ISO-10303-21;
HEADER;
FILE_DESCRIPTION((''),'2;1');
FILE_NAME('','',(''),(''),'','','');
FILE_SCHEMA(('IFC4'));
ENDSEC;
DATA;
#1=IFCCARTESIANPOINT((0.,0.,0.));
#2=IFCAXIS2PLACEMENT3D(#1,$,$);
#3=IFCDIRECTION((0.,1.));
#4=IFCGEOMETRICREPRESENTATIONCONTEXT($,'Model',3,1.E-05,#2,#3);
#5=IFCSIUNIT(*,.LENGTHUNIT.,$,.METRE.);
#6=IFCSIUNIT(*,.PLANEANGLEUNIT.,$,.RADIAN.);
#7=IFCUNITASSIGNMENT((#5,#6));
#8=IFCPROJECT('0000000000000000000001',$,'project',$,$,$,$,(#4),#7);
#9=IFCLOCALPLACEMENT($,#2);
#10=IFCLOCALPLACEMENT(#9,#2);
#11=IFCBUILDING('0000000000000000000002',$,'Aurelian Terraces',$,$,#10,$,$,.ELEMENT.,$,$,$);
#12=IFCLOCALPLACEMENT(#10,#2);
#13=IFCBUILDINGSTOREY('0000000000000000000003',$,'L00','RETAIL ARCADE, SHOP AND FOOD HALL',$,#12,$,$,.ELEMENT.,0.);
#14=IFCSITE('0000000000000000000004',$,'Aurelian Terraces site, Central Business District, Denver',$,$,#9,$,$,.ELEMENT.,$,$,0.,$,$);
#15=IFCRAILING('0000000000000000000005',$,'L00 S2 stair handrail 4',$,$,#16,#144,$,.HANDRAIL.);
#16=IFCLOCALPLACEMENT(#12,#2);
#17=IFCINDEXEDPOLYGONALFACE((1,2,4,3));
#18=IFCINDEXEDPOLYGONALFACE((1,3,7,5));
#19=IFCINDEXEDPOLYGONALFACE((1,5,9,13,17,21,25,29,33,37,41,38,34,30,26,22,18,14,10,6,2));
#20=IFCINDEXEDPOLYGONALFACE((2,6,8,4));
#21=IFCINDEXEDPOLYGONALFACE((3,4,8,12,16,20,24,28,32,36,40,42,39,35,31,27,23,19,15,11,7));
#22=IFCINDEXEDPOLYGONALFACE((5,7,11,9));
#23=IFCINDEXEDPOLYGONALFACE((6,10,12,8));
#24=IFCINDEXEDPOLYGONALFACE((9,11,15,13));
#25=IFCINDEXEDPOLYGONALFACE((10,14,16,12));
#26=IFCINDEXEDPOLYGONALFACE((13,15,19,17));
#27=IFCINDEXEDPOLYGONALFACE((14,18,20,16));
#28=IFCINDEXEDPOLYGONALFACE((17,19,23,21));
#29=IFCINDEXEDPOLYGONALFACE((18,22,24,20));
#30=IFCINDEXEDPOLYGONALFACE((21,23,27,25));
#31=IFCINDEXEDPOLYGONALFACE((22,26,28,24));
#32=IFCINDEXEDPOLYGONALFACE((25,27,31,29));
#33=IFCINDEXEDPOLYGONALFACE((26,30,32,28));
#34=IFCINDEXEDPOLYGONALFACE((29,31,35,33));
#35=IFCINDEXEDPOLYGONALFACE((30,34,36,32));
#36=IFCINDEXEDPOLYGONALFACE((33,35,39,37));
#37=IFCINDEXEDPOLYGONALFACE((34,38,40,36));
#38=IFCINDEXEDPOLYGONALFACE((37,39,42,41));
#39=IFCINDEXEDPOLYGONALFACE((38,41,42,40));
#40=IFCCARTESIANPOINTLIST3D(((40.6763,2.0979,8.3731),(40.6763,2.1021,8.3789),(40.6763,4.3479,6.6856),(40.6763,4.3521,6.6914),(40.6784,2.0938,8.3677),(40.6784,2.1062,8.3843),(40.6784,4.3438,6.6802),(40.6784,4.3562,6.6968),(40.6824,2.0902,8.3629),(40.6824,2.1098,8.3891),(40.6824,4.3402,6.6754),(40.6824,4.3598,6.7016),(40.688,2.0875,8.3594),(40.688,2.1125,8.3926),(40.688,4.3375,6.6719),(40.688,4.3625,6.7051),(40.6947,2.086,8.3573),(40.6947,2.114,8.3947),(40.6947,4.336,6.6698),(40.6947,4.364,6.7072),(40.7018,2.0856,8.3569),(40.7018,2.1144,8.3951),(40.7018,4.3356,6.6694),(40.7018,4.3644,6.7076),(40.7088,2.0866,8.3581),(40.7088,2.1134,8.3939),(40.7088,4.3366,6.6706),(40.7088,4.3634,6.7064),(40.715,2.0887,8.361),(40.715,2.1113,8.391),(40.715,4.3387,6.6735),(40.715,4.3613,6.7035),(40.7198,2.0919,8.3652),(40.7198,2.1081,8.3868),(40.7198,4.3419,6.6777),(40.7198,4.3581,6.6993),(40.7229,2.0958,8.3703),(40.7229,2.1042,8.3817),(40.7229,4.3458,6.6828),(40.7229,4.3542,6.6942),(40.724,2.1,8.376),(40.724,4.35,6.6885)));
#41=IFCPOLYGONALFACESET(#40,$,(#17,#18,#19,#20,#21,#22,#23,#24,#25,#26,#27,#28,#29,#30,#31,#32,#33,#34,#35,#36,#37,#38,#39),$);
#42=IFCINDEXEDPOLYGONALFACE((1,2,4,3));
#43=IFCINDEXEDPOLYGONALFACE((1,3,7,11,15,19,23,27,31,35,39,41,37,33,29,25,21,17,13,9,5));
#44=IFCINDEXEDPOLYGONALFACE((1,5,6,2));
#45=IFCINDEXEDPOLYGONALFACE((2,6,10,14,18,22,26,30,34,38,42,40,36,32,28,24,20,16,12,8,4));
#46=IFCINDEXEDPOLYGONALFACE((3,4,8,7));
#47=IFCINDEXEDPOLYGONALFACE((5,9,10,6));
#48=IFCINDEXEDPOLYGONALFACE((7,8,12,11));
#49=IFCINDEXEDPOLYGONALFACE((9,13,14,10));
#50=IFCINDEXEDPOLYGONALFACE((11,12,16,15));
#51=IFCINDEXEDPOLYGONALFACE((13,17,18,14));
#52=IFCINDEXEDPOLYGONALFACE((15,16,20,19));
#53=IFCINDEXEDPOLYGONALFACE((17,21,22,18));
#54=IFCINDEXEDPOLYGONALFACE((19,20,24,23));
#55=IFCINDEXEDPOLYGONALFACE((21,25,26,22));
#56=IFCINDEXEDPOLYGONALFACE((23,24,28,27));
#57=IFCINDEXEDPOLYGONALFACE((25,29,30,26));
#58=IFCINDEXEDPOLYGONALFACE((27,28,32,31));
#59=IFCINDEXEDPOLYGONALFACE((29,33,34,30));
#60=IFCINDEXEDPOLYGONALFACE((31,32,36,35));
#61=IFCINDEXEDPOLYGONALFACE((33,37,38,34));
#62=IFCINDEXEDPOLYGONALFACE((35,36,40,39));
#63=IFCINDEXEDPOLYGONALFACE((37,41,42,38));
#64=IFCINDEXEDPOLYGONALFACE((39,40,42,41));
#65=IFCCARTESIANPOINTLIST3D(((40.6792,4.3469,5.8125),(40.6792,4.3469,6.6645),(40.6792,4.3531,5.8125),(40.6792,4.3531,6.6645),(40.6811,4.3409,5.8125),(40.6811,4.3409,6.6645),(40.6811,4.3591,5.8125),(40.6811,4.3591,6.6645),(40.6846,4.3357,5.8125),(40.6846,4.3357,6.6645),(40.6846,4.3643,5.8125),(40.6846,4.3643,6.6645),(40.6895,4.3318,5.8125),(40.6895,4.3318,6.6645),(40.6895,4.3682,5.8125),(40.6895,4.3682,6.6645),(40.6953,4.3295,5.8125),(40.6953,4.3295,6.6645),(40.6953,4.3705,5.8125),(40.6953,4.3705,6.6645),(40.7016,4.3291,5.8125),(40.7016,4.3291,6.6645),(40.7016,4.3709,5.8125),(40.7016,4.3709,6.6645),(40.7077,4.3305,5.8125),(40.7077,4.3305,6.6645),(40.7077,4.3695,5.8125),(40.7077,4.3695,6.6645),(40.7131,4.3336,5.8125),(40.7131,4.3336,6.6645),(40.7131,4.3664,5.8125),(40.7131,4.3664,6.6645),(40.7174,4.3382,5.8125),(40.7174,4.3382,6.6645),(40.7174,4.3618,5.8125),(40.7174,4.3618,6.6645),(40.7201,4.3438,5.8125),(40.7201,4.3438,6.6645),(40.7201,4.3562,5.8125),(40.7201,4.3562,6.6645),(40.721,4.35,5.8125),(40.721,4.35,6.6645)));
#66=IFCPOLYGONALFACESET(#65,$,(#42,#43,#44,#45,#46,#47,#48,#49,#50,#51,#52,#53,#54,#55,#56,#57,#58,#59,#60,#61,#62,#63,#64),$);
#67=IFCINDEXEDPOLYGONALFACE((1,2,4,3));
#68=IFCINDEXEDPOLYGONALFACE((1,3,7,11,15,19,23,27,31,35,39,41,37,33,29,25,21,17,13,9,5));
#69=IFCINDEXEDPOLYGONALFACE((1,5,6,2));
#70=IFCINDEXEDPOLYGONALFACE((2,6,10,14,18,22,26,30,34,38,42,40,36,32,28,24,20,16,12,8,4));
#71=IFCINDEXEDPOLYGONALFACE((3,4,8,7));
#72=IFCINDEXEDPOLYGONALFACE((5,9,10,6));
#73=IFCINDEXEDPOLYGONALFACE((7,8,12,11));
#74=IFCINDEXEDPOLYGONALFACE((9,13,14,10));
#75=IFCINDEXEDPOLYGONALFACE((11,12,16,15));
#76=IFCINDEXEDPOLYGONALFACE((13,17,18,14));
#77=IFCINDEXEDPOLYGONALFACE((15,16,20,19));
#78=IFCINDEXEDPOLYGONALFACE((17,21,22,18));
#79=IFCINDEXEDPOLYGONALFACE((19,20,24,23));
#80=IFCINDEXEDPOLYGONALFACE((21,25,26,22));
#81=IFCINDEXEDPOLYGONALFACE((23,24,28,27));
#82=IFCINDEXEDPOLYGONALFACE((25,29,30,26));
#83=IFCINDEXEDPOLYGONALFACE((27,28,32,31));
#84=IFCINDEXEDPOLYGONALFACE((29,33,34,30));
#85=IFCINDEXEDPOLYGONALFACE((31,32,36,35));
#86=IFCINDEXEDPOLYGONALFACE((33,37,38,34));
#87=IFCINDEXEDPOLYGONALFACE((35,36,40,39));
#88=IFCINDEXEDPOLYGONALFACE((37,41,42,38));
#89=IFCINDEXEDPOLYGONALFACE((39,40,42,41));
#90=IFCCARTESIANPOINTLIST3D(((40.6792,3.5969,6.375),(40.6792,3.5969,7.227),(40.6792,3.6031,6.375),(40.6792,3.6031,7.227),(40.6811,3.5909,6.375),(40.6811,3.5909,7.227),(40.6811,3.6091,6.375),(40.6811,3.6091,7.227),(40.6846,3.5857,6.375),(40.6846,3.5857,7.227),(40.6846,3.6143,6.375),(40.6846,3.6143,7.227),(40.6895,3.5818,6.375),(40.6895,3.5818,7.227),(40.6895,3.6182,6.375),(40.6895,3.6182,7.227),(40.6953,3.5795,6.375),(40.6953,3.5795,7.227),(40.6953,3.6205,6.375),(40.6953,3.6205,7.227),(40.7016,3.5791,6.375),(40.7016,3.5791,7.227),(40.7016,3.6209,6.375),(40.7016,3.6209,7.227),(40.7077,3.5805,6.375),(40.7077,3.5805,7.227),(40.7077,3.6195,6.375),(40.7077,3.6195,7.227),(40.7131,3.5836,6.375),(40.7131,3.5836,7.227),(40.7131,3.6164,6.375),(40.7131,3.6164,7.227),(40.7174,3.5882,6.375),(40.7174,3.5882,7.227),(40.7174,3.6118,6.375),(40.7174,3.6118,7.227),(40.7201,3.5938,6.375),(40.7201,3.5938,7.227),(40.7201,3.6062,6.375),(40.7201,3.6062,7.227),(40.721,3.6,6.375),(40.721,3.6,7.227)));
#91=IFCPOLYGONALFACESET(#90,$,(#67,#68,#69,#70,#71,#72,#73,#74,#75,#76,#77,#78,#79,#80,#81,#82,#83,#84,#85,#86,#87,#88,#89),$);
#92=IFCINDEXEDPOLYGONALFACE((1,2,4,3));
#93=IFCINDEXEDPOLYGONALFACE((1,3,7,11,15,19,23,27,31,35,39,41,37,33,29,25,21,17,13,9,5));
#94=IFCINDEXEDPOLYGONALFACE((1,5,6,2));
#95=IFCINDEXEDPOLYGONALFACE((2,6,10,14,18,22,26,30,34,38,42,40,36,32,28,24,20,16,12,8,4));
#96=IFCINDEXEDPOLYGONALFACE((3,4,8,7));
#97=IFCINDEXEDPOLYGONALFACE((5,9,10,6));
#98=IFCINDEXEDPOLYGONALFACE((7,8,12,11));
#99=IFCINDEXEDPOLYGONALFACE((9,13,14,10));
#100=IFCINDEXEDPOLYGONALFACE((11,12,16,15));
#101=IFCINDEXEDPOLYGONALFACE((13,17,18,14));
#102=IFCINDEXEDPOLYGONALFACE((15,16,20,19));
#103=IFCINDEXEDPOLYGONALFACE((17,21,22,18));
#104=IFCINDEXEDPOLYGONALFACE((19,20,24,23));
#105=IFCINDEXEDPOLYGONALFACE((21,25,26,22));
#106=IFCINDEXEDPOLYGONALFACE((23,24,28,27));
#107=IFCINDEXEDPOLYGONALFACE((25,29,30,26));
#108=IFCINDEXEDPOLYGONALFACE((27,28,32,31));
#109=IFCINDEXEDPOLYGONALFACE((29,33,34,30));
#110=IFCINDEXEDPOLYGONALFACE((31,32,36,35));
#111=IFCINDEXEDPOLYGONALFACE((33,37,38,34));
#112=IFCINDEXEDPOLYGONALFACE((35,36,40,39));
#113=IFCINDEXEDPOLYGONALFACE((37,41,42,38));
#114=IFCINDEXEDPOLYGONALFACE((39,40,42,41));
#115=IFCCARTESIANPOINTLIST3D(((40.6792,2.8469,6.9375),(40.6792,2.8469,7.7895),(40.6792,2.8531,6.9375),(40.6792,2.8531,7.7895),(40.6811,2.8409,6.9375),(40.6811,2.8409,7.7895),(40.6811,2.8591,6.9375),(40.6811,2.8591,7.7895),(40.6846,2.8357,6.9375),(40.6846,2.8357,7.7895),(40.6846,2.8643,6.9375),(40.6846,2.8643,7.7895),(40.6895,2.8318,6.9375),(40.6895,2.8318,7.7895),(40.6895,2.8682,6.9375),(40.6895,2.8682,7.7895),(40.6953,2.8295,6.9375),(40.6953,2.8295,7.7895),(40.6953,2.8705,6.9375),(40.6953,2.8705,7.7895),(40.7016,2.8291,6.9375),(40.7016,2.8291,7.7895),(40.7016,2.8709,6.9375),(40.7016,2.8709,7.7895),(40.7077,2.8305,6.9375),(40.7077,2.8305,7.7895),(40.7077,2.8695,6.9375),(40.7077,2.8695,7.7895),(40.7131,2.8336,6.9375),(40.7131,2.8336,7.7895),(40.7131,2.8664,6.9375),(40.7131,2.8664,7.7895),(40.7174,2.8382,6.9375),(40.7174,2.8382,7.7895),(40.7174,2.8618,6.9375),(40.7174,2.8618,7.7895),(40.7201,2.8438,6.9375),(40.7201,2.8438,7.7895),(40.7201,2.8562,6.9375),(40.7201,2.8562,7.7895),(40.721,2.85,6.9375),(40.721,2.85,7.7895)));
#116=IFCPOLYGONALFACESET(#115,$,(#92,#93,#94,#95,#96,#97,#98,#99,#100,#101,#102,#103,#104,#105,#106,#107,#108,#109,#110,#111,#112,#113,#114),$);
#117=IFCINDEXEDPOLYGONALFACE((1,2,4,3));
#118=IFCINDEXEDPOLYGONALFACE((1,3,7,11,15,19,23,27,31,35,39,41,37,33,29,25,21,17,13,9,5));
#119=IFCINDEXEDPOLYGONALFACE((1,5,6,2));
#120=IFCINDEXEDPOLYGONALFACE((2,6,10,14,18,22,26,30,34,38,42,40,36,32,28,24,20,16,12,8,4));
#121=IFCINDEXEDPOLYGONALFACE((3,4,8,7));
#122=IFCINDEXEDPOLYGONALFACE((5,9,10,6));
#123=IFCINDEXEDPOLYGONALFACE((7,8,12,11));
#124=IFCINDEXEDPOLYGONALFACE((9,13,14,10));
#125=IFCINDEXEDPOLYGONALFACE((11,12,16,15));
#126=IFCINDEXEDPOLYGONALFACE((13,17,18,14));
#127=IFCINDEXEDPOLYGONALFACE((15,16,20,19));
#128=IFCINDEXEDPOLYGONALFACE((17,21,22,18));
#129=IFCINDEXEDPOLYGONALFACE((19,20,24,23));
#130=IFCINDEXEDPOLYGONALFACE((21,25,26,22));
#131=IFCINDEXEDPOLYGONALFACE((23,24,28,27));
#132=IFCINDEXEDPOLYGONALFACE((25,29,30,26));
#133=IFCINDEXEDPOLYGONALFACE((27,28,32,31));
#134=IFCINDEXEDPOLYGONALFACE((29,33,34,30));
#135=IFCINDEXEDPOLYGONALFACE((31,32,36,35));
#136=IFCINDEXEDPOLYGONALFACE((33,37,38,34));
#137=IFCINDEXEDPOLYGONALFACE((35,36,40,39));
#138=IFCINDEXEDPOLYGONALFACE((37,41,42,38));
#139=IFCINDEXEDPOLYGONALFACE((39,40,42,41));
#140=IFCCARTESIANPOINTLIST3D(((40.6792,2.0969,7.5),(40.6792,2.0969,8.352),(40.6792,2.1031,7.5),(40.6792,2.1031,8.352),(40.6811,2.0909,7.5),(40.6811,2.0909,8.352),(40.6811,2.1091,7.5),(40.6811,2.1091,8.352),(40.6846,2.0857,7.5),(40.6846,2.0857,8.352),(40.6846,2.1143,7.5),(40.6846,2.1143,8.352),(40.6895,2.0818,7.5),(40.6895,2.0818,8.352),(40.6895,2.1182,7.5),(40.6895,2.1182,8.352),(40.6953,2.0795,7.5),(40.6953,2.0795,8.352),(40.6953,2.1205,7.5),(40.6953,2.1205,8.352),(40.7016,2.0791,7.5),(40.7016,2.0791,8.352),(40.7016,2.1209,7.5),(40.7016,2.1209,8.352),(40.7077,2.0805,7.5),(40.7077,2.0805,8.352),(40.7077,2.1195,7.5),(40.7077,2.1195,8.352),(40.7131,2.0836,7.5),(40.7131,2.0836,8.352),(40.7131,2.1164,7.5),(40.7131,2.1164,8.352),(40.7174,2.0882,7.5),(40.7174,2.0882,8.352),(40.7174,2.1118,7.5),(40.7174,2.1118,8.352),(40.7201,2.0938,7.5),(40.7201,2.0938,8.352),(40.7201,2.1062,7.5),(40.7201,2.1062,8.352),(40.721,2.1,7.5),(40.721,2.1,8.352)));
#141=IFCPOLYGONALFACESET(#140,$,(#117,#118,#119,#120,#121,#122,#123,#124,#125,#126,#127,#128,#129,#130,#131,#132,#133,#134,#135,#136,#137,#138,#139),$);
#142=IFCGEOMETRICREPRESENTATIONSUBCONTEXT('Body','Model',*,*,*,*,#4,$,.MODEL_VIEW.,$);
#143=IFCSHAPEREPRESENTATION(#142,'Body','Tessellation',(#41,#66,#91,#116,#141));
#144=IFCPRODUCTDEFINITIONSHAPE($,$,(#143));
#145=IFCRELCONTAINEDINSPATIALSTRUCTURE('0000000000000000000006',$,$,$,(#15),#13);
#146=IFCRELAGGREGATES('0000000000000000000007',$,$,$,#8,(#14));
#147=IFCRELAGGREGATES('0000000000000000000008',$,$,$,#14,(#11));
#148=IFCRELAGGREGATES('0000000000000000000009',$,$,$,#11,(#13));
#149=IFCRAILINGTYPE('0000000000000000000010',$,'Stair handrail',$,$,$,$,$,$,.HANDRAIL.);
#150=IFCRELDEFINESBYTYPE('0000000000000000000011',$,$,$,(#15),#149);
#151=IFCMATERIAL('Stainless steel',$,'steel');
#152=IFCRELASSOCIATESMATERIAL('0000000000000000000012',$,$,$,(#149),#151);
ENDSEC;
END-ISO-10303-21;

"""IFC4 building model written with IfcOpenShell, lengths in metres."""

from ifc_helpers import new_model, si_unit, direction, frame, origin, origin_2d, place, context, subcontext, project, spatial, circle, extrude, source, transform, mapped, material, type_object, element, save


model = new_model("IFC4")

# Units and contexts
model_context = context("Model", 3, precision=1e-05, world=origin(), true_north=direction((0.0, 1.0)))
body_context = subcontext(model_context, "Body", "Model", "MODEL_VIEW")
ifc_project = project(units=[si_unit("LENGTHUNIT", "METRE"), si_unit("PLANEANGLEUNIT", "RADIAN")], contexts=[model_context])

# Site, building, storey
site_placement = place(None, origin())
site = spatial("IfcSite", under=ifc_project, at=site_placement, Name="Aurelian Terraces site, Central Business District, Denver", CompositionType="ELEMENT", RefElevation=0.0)
building_placement = place(site_placement, origin())
building = spatial("IfcBuilding", under=site, at=building_placement, Name="Aurelian Terraces", CompositionType="ELEMENT")
storey_placement = place(building_placement, origin())
storey = spatial("IfcBuildingStorey", under=building, at=storey_placement, Name="L00", Description="RETAIL ARCADE, SHOP AND FOOD HALL", CompositionType="ELEMENT", Elevation=0.0)

# Railing
ifc_material_1 = material(Name="Stainless steel", Category="steel")
railing_type_1 = type_object("IfcRailingType", Name="Stair handrail", PredefinedType="HANDRAIL", material=ifc_material_1)
shared_shape_1 = source(origin(), body_context, "Body", "SweptSolid", [
    extrude(circle(Radius=0.024, at=origin_2d()), frame((0.0, 0.0, 0.876), z_axis=(0.0, -0.8, 0.6), x_axis=(1.0, 0.0, 0.0)), (0.0, 0.0, 1.0), 2.8125),
    extrude(circle(Radius=0.021, at=origin_2d()), origin(), (0.0, 0.0, 1.0), 0.852),
    extrude(circle(Radius=0.021, at=origin_2d()), frame((0.0, -0.75, 0.5625)), (0.0, 0.0, 1.0), 0.852),
    extrude(circle(Radius=0.021, at=origin_2d()), frame((0.0, -1.5, 1.125)), (0.0, 0.0, 1.0), 0.852),
    extrude(circle(Radius=0.021, at=origin_2d()), frame((0.0, -2.25, 1.6875)), (0.0, 0.0, 1.0), 0.852),
])
for number, where, name in (
    (1, (40.7, 4.35, 5.8125), "L00 S2 stair handrail 4"),
):
    element("IfcRailing", number, at=place(storey_placement, frame(where)), inside=storey, type_object=railing_type_1, Name=name, PredefinedType="HANDRAIL", context=body_context, shape_type="MappedRepresentation", body=[
        mapped(shared_shape_1, transform((0.0, 0.0, 0.0), scale=1.0)),
    ])

save(model, "model.ifc")
